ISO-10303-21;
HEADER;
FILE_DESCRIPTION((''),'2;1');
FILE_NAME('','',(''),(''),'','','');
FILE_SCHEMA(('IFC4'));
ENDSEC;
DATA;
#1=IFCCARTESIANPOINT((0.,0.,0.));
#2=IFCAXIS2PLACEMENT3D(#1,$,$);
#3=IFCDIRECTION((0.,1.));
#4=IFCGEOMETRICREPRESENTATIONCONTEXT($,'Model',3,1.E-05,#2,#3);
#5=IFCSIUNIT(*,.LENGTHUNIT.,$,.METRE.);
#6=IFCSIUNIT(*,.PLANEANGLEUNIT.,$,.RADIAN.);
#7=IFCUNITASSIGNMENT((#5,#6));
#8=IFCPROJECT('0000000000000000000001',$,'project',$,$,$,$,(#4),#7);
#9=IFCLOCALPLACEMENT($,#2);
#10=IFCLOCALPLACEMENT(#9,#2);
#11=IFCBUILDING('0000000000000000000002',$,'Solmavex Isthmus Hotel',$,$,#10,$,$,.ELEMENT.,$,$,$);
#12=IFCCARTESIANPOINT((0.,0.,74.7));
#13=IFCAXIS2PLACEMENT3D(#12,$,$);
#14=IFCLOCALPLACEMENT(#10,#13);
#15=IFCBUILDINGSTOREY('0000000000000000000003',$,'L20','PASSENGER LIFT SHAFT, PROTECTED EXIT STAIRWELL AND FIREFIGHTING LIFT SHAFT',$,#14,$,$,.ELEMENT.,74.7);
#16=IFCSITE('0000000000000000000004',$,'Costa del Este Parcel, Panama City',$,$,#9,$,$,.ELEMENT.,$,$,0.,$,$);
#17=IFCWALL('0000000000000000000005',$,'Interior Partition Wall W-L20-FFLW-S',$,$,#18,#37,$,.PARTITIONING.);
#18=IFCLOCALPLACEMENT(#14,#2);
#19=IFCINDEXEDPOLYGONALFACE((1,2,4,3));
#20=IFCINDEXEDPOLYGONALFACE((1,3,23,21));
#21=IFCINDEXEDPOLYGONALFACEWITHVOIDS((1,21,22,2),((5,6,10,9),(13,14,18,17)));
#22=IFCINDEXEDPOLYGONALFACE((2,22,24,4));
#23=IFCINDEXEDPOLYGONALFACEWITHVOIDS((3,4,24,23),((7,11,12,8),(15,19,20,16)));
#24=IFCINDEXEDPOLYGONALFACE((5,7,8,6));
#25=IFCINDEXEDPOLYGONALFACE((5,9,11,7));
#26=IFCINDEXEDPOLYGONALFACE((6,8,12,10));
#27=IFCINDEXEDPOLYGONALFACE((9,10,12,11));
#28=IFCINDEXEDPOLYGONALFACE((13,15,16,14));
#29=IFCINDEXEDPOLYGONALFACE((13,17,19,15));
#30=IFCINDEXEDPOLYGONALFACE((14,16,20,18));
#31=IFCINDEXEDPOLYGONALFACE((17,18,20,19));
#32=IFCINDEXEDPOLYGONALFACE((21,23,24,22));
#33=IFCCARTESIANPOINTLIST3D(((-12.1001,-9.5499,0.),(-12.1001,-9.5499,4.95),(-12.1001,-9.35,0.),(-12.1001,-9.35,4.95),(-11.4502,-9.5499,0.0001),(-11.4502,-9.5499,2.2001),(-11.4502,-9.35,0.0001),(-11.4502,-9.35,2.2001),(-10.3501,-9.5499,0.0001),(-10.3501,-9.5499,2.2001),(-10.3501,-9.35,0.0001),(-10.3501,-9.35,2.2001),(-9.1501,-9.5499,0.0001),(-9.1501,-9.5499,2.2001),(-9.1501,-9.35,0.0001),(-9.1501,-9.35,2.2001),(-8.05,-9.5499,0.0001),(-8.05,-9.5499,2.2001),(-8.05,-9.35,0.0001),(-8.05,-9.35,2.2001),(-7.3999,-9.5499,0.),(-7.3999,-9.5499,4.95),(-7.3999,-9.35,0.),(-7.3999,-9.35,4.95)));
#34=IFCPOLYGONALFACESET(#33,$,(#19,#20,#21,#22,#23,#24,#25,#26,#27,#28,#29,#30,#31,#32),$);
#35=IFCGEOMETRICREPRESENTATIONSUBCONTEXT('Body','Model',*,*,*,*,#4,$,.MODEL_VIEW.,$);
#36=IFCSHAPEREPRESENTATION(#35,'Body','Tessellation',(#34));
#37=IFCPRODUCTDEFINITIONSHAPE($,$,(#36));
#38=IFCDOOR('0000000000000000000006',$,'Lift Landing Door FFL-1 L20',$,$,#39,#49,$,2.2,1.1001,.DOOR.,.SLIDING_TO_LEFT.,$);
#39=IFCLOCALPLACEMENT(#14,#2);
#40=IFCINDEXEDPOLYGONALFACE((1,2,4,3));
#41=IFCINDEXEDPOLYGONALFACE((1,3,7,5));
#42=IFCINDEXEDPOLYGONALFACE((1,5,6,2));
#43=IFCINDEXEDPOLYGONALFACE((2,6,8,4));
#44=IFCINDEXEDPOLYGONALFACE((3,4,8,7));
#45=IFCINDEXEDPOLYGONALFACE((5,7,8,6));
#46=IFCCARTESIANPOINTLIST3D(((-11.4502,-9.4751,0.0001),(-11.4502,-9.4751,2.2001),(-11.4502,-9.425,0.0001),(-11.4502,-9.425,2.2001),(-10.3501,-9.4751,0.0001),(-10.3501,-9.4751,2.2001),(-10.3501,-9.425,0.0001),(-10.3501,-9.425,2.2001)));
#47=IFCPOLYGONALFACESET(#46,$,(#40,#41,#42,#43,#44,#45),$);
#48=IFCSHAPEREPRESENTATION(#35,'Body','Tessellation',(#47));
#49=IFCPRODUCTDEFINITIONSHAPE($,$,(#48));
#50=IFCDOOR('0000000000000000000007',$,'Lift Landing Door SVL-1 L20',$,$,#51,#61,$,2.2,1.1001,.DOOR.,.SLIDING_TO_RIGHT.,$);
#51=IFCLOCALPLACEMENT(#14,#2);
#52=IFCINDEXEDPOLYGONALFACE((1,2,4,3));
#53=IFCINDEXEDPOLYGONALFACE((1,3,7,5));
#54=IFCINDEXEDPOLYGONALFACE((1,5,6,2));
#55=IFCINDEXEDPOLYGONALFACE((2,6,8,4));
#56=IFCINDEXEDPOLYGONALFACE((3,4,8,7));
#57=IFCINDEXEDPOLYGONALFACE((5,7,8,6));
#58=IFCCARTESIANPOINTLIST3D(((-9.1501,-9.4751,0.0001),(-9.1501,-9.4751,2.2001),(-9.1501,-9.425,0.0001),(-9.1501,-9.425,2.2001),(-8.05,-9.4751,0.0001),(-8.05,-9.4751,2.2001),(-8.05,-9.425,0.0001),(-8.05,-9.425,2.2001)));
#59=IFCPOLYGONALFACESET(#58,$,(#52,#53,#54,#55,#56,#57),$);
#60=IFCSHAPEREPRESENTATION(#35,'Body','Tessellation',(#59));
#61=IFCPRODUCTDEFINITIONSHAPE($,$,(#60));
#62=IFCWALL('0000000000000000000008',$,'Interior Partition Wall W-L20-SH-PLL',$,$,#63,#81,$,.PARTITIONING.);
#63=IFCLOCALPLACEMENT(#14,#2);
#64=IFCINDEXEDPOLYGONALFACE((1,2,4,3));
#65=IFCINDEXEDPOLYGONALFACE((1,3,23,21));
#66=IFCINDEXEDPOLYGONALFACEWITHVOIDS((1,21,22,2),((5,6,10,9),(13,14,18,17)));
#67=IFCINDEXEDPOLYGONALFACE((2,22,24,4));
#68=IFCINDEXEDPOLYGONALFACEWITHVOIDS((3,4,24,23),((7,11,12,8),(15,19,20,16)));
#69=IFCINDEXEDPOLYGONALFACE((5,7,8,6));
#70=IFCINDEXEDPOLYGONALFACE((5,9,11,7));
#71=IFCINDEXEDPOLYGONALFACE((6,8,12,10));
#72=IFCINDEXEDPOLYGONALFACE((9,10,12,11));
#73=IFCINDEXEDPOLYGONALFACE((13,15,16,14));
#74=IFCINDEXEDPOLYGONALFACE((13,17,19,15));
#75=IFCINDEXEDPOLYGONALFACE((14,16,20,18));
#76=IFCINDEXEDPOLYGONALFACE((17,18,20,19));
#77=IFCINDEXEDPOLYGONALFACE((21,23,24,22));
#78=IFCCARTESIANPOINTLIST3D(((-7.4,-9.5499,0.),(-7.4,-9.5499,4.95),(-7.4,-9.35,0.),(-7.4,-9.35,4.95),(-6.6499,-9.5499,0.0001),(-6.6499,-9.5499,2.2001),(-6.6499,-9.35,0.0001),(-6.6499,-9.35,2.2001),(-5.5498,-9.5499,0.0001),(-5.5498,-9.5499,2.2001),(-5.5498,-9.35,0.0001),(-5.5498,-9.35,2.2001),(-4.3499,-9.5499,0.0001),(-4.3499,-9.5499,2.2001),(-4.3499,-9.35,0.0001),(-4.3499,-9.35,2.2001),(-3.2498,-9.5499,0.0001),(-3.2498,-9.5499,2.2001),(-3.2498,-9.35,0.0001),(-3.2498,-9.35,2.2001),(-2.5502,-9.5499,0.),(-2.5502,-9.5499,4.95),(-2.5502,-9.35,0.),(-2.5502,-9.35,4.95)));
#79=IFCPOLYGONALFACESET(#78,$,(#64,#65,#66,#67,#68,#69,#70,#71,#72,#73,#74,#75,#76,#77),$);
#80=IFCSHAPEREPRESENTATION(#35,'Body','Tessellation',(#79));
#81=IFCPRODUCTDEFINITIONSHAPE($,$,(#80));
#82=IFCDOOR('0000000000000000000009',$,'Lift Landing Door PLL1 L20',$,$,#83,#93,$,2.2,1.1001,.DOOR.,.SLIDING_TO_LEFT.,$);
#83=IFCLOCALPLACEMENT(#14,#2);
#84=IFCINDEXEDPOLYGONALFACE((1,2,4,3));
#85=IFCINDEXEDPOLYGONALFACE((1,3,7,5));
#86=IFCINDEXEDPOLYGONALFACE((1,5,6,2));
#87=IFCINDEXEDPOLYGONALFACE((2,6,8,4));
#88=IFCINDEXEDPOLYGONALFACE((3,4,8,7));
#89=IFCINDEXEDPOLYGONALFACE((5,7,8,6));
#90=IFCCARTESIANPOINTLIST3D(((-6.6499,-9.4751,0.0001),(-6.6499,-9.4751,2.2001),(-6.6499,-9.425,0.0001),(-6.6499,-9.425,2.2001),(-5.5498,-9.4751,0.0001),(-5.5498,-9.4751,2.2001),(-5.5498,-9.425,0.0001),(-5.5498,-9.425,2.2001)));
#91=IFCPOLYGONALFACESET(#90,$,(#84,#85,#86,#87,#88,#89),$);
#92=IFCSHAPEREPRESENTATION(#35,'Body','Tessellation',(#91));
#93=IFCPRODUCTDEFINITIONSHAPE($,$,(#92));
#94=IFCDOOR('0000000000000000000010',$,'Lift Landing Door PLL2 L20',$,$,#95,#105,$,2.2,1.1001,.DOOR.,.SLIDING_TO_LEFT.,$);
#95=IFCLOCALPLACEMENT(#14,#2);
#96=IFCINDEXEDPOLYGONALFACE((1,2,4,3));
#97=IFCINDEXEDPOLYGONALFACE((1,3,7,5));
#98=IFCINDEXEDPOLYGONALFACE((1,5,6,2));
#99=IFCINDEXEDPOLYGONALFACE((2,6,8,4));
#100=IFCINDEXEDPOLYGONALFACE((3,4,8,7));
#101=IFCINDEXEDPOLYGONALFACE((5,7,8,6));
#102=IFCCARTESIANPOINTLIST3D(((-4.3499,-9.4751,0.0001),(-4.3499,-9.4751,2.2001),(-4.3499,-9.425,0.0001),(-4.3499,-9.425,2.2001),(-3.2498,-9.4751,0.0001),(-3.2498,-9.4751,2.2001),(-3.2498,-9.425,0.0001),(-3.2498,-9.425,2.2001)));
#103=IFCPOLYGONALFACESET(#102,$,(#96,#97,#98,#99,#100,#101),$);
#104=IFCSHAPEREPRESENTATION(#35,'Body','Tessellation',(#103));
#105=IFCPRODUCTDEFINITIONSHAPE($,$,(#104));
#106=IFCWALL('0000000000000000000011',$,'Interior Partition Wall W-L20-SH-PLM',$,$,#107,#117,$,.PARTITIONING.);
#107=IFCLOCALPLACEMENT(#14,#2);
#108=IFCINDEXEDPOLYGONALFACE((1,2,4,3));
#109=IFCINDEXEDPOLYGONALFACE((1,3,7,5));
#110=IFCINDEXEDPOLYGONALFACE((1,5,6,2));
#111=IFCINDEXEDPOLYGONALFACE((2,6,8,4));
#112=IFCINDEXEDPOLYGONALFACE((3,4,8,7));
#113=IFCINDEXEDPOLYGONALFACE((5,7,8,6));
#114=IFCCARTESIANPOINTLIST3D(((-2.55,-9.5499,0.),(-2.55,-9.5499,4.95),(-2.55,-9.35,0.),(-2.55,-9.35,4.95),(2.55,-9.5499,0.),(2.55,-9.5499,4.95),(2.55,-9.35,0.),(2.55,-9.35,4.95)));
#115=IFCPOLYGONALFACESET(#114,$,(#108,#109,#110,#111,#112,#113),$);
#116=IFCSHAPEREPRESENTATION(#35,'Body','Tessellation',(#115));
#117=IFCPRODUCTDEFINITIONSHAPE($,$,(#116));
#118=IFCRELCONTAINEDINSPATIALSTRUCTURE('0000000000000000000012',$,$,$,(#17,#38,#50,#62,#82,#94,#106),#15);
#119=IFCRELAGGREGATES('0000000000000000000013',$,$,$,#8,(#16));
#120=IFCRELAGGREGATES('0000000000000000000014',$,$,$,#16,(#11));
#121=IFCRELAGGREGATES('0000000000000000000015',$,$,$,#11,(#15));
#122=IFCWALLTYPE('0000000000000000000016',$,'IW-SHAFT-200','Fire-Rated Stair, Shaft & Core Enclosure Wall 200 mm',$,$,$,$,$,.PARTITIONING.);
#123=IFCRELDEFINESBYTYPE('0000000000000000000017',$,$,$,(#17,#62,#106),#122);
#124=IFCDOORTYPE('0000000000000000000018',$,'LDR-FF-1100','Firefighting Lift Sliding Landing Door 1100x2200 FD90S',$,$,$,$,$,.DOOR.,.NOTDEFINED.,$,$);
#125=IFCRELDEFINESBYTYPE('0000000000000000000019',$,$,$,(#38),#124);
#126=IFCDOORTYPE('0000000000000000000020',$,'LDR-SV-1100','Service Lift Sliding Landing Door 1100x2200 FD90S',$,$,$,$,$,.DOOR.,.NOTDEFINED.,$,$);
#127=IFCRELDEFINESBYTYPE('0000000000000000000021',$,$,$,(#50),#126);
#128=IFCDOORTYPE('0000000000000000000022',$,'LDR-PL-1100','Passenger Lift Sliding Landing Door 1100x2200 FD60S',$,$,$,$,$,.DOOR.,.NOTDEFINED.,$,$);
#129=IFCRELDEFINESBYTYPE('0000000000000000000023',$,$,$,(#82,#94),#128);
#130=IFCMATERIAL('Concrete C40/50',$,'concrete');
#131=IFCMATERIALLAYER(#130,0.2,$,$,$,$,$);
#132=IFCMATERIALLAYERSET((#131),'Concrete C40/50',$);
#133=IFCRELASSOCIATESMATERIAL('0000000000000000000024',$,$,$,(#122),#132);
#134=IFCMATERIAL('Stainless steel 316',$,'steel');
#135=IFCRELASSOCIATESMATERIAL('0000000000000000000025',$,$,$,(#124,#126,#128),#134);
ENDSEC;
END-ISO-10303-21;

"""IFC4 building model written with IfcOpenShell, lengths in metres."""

from ifc_helpers import new_model, si_unit, direction, frame, frame_2d, origin, place, context, subcontext, project, spatial, rectangle, extrude, material, layer, layer_set, type_object, element, fill, save


model = new_model("IFC4")

# Units and contexts
model_context = context("Model", 3, precision=1e-05, world=origin(), true_north=direction((0.0, 1.0)))
body_context = subcontext(model_context, "Body", "Model", "MODEL_VIEW")
ifc_project = project(units=[si_unit("LENGTHUNIT", "METRE"), si_unit("PLANEANGLEUNIT", "RADIAN")], contexts=[model_context])

# Site, building, storey
site_placement = place(None, origin())
site = spatial("IfcSite", under=ifc_project, at=site_placement, Name="Costa del Este Parcel, Panama City", CompositionType="ELEMENT", RefElevation=0.0)
building_placement = place(site_placement, origin())
building = spatial("IfcBuilding", under=site, at=building_placement, Name="Solmavex Isthmus Hotel", CompositionType="ELEMENT")
storey_placement = place(building_placement, frame((0.0, 0.0, 74.7)))
storey = spatial("IfcBuildingStorey", under=building, at=storey_placement, Name="L20", Description="PASSENGER LIFT SHAFT, PROTECTED EXIT STAIRWELL AND FIREFIGHTING LIFT SHAFT", CompositionType="ELEMENT", Elevation=74.7)

# Shared definitions
ifc_material_1 = material(Name="Concrete C40/50", Category="concrete")
ifc_layer_1 = layer(ifc_material_1, 0.2)
ifc_layer_set_1 = layer_set([ifc_layer_1], Name="Concrete C40/50")
wall_type_1 = type_object("IfcWallType", Name="IW-SHAFT-200", Description="Fire-Rated Stair, Shaft & Core Enclosure Wall 200 mm", PredefinedType="PARTITIONING", material=ifc_layer_set_1)

# Walls, openings, doors
wall_1_placement = place(storey_placement, frame((-12.1001, -9.45, 0.0), z_axis=(0.0, 0.0, 1.0), x_axis=(1.0, 0.0, 0.0)))
wall_1 = element("IfcWall", 1, at=wall_1_placement, inside=storey, type_object=wall_type_1, Name="Interior Partition Wall W-L20-FFLW-S", PredefinedType="PARTITIONING", context=body_context, shape_type="SweptSolid", body=[
    extrude(rectangle(XDim=4.7002, YDim=0.2, at=frame_2d((2.3501, 0.0))), origin(), (0.0, 0.0, 1.0), 4.95),
])
opening_1_placement = place(wall_1_placement, frame((0.6499, 0.0, 0.0)))
opening_1 = element("IfcOpeningElement", 2, at=opening_1_placement, cuts=wall_1, PredefinedType="OPENING", context=body_context, shape_type="SweptSolid", body=[
    extrude(rectangle(XDim=1.1001, YDim=2.2, at=frame_2d((0.55, 1.1001))), frame((0.0, 0.1099, 0.0), z_axis=(0.0, -1.0, 0.0), x_axis=(1.0, 0.0, 0.0)), (0.0, 0.0, 1.0), 0.22),
])
opening_2_placement = place(wall_1_placement, frame((2.95, 0.0, 0.0)))
opening_2 = element("IfcOpeningElement", 3, at=opening_2_placement, cuts=wall_1, PredefinedType="OPENING", context=body_context, shape_type="SweptSolid", body=[
    extrude(rectangle(XDim=1.1001, YDim=2.2, at=frame_2d((0.55, 1.1001))), frame((0.0, 0.1099, 0.0), z_axis=(0.0, -1.0, 0.0), x_axis=(1.0, 0.0, 0.0)), (0.0, 0.0, 1.0), 0.22),
])
ifc_material_2 = material(Name="Stainless steel 316", Category="steel")
door_type_1 = type_object("IfcDoorType", Name="LDR-FF-1100", Description="Firefighting Lift Sliding Landing Door 1100x2200 FD90S", OperationType="NOTDEFINED", PredefinedType="DOOR", material=ifc_material_2)
door_1_placement = place(opening_1_placement, origin())
door_1 = element("IfcDoor", 4, at=door_1_placement, inside=storey, type_object=door_type_1, Name="Lift Landing Door FFL-1 L20", OperationType="SLIDING_TO_LEFT", OverallHeight=2.2, OverallWidth=1.1001, PredefinedType="DOOR", context=body_context, shape_type="SweptSolid", body=[
    extrude(rectangle(XDim=1.1001, YDim=2.2, at=frame_2d((0.55, 1.1001))), frame((0.0, 0.0249, 0.0), z_axis=(0.0, -1.0, 0.0), x_axis=(1.0, 0.0, 0.0)), (0.0, 0.0, 1.0), 0.05),
])
fill(opening_1, door_1)
door_type_2 = type_object("IfcDoorType", Name="LDR-SV-1100", Description="Service Lift Sliding Landing Door 1100x2200 FD90S", OperationType="NOTDEFINED", PredefinedType="DOOR", material=ifc_material_2)
door_2_placement = place(opening_2_placement, origin())
door_2 = element("IfcDoor", 5, at=door_2_placement, inside=storey, type_object=door_type_2, Name="Lift Landing Door SVL-1 L20", OperationType="SLIDING_TO_RIGHT", OverallHeight=2.2, OverallWidth=1.1001, PredefinedType="DOOR", context=body_context, shape_type="SweptSolid", body=[
    extrude(rectangle(XDim=1.1001, YDim=2.2, at=frame_2d((0.55, 1.1001))), frame((0.0, 0.0249, 0.0), z_axis=(0.0, -1.0, 0.0), x_axis=(1.0, 0.0, 0.0)), (0.0, 0.0, 1.0), 0.05),
])
fill(opening_2, door_2)
wall_2_placement = place(storey_placement, frame((-7.3999, -9.45, 0.0), z_axis=(0.0, 0.0, 1.0), x_axis=(1.0, 0.0, 0.0)))
wall_2 = element("IfcWall", 6, at=wall_2_placement, inside=storey, type_object=wall_type_1, Name="Interior Partition Wall W-L20-SH-PLL", PredefinedType="PARTITIONING", context=body_context, shape_type="SweptSolid", body=[
    extrude(rectangle(XDim=4.8499, YDim=0.2, at=frame_2d((2.4248, 0.0))), origin(), (0.0, 0.0, 1.0), 4.95),
])
opening_3_placement = place(wall_2_placement, frame((0.75, 0.0, 0.0)))
opening_3 = element("IfcOpeningElement", 7, at=opening_3_placement, cuts=wall_2, PredefinedType="OPENING", context=body_context, shape_type="SweptSolid", body=[
    extrude(rectangle(XDim=1.1001, YDim=2.2, at=frame_2d((0.55, 1.1001))), frame((0.0, 0.1099, 0.0), z_axis=(0.0, -1.0, 0.0), x_axis=(1.0, 0.0, 0.0)), (0.0, 0.0, 1.0), 0.22),
])
opening_4_placement = place(wall_2_placement, frame((3.05, 0.0, 0.0)))
opening_4 = element("IfcOpeningElement", 8, at=opening_4_placement, cuts=wall_2, PredefinedType="OPENING", context=body_context, shape_type="SweptSolid", body=[
    extrude(rectangle(XDim=1.1001, YDim=2.2, at=frame_2d((0.55, 1.1001))), frame((0.0, 0.1099, 0.0), z_axis=(0.0, -1.0, 0.0), x_axis=(1.0, 0.0, 0.0)), (0.0, 0.0, 1.0), 0.22),
])
door_type_3 = type_object("IfcDoorType", Name="LDR-PL-1100", Description="Passenger Lift Sliding Landing Door 1100x2200 FD60S", OperationType="NOTDEFINED", PredefinedType="DOOR", material=ifc_material_2)
door_3_placement = place(opening_3_placement, origin())
door_3 = element("IfcDoor", 9, at=door_3_placement, inside=storey, type_object=door_type_3, Name="Lift Landing Door PLL1 L20", OperationType="SLIDING_TO_LEFT", OverallHeight=2.2, OverallWidth=1.1001, PredefinedType="DOOR", context=body_context, shape_type="SweptSolid", body=[
    extrude(rectangle(XDim=1.1001, YDim=2.2, at=frame_2d((0.55, 1.1001))), frame((0.0, 0.0249, 0.0), z_axis=(0.0, -1.0, 0.0), x_axis=(1.0, 0.0, 0.0)), (0.0, 0.0, 1.0), 0.05),
])
fill(opening_3, door_3)
door_4_placement = place(opening_4_placement, origin())
door_4 = element("IfcDoor", 10, at=door_4_placement, inside=storey, type_object=door_type_3, Name="Lift Landing Door PLL2 L20", OperationType="SLIDING_TO_LEFT", OverallHeight=2.2, OverallWidth=1.1001, PredefinedType="DOOR", context=body_context, shape_type="SweptSolid", body=[
    extrude(rectangle(XDim=1.1001, YDim=2.2, at=frame_2d((0.55, 1.1001))), frame((0.0, 0.0249, 0.0), z_axis=(0.0, -1.0, 0.0), x_axis=(1.0, 0.0, 0.0)), (0.0, 0.0, 1.0), 0.05),
])
fill(opening_4, door_4)

# Wall
wall_3_placement = place(storey_placement, frame((-2.55, -9.45, 0.0), z_axis=(0.0, 0.0, 1.0), x_axis=(1.0, 0.0, 0.0)))
element("IfcWall", 11, at=wall_3_placement, inside=storey, type_object=wall_type_1, Name="Interior Partition Wall W-L20-SH-PLM", PredefinedType="PARTITIONING", context=body_context, shape_type="SweptSolid", body=[
    extrude(rectangle(XDim=5.1001, YDim=0.2, at=frame_2d((2.55, 0.0))), origin(), (0.0, 0.0, 1.0), 4.95),
])

save(model, "model.ifc")
